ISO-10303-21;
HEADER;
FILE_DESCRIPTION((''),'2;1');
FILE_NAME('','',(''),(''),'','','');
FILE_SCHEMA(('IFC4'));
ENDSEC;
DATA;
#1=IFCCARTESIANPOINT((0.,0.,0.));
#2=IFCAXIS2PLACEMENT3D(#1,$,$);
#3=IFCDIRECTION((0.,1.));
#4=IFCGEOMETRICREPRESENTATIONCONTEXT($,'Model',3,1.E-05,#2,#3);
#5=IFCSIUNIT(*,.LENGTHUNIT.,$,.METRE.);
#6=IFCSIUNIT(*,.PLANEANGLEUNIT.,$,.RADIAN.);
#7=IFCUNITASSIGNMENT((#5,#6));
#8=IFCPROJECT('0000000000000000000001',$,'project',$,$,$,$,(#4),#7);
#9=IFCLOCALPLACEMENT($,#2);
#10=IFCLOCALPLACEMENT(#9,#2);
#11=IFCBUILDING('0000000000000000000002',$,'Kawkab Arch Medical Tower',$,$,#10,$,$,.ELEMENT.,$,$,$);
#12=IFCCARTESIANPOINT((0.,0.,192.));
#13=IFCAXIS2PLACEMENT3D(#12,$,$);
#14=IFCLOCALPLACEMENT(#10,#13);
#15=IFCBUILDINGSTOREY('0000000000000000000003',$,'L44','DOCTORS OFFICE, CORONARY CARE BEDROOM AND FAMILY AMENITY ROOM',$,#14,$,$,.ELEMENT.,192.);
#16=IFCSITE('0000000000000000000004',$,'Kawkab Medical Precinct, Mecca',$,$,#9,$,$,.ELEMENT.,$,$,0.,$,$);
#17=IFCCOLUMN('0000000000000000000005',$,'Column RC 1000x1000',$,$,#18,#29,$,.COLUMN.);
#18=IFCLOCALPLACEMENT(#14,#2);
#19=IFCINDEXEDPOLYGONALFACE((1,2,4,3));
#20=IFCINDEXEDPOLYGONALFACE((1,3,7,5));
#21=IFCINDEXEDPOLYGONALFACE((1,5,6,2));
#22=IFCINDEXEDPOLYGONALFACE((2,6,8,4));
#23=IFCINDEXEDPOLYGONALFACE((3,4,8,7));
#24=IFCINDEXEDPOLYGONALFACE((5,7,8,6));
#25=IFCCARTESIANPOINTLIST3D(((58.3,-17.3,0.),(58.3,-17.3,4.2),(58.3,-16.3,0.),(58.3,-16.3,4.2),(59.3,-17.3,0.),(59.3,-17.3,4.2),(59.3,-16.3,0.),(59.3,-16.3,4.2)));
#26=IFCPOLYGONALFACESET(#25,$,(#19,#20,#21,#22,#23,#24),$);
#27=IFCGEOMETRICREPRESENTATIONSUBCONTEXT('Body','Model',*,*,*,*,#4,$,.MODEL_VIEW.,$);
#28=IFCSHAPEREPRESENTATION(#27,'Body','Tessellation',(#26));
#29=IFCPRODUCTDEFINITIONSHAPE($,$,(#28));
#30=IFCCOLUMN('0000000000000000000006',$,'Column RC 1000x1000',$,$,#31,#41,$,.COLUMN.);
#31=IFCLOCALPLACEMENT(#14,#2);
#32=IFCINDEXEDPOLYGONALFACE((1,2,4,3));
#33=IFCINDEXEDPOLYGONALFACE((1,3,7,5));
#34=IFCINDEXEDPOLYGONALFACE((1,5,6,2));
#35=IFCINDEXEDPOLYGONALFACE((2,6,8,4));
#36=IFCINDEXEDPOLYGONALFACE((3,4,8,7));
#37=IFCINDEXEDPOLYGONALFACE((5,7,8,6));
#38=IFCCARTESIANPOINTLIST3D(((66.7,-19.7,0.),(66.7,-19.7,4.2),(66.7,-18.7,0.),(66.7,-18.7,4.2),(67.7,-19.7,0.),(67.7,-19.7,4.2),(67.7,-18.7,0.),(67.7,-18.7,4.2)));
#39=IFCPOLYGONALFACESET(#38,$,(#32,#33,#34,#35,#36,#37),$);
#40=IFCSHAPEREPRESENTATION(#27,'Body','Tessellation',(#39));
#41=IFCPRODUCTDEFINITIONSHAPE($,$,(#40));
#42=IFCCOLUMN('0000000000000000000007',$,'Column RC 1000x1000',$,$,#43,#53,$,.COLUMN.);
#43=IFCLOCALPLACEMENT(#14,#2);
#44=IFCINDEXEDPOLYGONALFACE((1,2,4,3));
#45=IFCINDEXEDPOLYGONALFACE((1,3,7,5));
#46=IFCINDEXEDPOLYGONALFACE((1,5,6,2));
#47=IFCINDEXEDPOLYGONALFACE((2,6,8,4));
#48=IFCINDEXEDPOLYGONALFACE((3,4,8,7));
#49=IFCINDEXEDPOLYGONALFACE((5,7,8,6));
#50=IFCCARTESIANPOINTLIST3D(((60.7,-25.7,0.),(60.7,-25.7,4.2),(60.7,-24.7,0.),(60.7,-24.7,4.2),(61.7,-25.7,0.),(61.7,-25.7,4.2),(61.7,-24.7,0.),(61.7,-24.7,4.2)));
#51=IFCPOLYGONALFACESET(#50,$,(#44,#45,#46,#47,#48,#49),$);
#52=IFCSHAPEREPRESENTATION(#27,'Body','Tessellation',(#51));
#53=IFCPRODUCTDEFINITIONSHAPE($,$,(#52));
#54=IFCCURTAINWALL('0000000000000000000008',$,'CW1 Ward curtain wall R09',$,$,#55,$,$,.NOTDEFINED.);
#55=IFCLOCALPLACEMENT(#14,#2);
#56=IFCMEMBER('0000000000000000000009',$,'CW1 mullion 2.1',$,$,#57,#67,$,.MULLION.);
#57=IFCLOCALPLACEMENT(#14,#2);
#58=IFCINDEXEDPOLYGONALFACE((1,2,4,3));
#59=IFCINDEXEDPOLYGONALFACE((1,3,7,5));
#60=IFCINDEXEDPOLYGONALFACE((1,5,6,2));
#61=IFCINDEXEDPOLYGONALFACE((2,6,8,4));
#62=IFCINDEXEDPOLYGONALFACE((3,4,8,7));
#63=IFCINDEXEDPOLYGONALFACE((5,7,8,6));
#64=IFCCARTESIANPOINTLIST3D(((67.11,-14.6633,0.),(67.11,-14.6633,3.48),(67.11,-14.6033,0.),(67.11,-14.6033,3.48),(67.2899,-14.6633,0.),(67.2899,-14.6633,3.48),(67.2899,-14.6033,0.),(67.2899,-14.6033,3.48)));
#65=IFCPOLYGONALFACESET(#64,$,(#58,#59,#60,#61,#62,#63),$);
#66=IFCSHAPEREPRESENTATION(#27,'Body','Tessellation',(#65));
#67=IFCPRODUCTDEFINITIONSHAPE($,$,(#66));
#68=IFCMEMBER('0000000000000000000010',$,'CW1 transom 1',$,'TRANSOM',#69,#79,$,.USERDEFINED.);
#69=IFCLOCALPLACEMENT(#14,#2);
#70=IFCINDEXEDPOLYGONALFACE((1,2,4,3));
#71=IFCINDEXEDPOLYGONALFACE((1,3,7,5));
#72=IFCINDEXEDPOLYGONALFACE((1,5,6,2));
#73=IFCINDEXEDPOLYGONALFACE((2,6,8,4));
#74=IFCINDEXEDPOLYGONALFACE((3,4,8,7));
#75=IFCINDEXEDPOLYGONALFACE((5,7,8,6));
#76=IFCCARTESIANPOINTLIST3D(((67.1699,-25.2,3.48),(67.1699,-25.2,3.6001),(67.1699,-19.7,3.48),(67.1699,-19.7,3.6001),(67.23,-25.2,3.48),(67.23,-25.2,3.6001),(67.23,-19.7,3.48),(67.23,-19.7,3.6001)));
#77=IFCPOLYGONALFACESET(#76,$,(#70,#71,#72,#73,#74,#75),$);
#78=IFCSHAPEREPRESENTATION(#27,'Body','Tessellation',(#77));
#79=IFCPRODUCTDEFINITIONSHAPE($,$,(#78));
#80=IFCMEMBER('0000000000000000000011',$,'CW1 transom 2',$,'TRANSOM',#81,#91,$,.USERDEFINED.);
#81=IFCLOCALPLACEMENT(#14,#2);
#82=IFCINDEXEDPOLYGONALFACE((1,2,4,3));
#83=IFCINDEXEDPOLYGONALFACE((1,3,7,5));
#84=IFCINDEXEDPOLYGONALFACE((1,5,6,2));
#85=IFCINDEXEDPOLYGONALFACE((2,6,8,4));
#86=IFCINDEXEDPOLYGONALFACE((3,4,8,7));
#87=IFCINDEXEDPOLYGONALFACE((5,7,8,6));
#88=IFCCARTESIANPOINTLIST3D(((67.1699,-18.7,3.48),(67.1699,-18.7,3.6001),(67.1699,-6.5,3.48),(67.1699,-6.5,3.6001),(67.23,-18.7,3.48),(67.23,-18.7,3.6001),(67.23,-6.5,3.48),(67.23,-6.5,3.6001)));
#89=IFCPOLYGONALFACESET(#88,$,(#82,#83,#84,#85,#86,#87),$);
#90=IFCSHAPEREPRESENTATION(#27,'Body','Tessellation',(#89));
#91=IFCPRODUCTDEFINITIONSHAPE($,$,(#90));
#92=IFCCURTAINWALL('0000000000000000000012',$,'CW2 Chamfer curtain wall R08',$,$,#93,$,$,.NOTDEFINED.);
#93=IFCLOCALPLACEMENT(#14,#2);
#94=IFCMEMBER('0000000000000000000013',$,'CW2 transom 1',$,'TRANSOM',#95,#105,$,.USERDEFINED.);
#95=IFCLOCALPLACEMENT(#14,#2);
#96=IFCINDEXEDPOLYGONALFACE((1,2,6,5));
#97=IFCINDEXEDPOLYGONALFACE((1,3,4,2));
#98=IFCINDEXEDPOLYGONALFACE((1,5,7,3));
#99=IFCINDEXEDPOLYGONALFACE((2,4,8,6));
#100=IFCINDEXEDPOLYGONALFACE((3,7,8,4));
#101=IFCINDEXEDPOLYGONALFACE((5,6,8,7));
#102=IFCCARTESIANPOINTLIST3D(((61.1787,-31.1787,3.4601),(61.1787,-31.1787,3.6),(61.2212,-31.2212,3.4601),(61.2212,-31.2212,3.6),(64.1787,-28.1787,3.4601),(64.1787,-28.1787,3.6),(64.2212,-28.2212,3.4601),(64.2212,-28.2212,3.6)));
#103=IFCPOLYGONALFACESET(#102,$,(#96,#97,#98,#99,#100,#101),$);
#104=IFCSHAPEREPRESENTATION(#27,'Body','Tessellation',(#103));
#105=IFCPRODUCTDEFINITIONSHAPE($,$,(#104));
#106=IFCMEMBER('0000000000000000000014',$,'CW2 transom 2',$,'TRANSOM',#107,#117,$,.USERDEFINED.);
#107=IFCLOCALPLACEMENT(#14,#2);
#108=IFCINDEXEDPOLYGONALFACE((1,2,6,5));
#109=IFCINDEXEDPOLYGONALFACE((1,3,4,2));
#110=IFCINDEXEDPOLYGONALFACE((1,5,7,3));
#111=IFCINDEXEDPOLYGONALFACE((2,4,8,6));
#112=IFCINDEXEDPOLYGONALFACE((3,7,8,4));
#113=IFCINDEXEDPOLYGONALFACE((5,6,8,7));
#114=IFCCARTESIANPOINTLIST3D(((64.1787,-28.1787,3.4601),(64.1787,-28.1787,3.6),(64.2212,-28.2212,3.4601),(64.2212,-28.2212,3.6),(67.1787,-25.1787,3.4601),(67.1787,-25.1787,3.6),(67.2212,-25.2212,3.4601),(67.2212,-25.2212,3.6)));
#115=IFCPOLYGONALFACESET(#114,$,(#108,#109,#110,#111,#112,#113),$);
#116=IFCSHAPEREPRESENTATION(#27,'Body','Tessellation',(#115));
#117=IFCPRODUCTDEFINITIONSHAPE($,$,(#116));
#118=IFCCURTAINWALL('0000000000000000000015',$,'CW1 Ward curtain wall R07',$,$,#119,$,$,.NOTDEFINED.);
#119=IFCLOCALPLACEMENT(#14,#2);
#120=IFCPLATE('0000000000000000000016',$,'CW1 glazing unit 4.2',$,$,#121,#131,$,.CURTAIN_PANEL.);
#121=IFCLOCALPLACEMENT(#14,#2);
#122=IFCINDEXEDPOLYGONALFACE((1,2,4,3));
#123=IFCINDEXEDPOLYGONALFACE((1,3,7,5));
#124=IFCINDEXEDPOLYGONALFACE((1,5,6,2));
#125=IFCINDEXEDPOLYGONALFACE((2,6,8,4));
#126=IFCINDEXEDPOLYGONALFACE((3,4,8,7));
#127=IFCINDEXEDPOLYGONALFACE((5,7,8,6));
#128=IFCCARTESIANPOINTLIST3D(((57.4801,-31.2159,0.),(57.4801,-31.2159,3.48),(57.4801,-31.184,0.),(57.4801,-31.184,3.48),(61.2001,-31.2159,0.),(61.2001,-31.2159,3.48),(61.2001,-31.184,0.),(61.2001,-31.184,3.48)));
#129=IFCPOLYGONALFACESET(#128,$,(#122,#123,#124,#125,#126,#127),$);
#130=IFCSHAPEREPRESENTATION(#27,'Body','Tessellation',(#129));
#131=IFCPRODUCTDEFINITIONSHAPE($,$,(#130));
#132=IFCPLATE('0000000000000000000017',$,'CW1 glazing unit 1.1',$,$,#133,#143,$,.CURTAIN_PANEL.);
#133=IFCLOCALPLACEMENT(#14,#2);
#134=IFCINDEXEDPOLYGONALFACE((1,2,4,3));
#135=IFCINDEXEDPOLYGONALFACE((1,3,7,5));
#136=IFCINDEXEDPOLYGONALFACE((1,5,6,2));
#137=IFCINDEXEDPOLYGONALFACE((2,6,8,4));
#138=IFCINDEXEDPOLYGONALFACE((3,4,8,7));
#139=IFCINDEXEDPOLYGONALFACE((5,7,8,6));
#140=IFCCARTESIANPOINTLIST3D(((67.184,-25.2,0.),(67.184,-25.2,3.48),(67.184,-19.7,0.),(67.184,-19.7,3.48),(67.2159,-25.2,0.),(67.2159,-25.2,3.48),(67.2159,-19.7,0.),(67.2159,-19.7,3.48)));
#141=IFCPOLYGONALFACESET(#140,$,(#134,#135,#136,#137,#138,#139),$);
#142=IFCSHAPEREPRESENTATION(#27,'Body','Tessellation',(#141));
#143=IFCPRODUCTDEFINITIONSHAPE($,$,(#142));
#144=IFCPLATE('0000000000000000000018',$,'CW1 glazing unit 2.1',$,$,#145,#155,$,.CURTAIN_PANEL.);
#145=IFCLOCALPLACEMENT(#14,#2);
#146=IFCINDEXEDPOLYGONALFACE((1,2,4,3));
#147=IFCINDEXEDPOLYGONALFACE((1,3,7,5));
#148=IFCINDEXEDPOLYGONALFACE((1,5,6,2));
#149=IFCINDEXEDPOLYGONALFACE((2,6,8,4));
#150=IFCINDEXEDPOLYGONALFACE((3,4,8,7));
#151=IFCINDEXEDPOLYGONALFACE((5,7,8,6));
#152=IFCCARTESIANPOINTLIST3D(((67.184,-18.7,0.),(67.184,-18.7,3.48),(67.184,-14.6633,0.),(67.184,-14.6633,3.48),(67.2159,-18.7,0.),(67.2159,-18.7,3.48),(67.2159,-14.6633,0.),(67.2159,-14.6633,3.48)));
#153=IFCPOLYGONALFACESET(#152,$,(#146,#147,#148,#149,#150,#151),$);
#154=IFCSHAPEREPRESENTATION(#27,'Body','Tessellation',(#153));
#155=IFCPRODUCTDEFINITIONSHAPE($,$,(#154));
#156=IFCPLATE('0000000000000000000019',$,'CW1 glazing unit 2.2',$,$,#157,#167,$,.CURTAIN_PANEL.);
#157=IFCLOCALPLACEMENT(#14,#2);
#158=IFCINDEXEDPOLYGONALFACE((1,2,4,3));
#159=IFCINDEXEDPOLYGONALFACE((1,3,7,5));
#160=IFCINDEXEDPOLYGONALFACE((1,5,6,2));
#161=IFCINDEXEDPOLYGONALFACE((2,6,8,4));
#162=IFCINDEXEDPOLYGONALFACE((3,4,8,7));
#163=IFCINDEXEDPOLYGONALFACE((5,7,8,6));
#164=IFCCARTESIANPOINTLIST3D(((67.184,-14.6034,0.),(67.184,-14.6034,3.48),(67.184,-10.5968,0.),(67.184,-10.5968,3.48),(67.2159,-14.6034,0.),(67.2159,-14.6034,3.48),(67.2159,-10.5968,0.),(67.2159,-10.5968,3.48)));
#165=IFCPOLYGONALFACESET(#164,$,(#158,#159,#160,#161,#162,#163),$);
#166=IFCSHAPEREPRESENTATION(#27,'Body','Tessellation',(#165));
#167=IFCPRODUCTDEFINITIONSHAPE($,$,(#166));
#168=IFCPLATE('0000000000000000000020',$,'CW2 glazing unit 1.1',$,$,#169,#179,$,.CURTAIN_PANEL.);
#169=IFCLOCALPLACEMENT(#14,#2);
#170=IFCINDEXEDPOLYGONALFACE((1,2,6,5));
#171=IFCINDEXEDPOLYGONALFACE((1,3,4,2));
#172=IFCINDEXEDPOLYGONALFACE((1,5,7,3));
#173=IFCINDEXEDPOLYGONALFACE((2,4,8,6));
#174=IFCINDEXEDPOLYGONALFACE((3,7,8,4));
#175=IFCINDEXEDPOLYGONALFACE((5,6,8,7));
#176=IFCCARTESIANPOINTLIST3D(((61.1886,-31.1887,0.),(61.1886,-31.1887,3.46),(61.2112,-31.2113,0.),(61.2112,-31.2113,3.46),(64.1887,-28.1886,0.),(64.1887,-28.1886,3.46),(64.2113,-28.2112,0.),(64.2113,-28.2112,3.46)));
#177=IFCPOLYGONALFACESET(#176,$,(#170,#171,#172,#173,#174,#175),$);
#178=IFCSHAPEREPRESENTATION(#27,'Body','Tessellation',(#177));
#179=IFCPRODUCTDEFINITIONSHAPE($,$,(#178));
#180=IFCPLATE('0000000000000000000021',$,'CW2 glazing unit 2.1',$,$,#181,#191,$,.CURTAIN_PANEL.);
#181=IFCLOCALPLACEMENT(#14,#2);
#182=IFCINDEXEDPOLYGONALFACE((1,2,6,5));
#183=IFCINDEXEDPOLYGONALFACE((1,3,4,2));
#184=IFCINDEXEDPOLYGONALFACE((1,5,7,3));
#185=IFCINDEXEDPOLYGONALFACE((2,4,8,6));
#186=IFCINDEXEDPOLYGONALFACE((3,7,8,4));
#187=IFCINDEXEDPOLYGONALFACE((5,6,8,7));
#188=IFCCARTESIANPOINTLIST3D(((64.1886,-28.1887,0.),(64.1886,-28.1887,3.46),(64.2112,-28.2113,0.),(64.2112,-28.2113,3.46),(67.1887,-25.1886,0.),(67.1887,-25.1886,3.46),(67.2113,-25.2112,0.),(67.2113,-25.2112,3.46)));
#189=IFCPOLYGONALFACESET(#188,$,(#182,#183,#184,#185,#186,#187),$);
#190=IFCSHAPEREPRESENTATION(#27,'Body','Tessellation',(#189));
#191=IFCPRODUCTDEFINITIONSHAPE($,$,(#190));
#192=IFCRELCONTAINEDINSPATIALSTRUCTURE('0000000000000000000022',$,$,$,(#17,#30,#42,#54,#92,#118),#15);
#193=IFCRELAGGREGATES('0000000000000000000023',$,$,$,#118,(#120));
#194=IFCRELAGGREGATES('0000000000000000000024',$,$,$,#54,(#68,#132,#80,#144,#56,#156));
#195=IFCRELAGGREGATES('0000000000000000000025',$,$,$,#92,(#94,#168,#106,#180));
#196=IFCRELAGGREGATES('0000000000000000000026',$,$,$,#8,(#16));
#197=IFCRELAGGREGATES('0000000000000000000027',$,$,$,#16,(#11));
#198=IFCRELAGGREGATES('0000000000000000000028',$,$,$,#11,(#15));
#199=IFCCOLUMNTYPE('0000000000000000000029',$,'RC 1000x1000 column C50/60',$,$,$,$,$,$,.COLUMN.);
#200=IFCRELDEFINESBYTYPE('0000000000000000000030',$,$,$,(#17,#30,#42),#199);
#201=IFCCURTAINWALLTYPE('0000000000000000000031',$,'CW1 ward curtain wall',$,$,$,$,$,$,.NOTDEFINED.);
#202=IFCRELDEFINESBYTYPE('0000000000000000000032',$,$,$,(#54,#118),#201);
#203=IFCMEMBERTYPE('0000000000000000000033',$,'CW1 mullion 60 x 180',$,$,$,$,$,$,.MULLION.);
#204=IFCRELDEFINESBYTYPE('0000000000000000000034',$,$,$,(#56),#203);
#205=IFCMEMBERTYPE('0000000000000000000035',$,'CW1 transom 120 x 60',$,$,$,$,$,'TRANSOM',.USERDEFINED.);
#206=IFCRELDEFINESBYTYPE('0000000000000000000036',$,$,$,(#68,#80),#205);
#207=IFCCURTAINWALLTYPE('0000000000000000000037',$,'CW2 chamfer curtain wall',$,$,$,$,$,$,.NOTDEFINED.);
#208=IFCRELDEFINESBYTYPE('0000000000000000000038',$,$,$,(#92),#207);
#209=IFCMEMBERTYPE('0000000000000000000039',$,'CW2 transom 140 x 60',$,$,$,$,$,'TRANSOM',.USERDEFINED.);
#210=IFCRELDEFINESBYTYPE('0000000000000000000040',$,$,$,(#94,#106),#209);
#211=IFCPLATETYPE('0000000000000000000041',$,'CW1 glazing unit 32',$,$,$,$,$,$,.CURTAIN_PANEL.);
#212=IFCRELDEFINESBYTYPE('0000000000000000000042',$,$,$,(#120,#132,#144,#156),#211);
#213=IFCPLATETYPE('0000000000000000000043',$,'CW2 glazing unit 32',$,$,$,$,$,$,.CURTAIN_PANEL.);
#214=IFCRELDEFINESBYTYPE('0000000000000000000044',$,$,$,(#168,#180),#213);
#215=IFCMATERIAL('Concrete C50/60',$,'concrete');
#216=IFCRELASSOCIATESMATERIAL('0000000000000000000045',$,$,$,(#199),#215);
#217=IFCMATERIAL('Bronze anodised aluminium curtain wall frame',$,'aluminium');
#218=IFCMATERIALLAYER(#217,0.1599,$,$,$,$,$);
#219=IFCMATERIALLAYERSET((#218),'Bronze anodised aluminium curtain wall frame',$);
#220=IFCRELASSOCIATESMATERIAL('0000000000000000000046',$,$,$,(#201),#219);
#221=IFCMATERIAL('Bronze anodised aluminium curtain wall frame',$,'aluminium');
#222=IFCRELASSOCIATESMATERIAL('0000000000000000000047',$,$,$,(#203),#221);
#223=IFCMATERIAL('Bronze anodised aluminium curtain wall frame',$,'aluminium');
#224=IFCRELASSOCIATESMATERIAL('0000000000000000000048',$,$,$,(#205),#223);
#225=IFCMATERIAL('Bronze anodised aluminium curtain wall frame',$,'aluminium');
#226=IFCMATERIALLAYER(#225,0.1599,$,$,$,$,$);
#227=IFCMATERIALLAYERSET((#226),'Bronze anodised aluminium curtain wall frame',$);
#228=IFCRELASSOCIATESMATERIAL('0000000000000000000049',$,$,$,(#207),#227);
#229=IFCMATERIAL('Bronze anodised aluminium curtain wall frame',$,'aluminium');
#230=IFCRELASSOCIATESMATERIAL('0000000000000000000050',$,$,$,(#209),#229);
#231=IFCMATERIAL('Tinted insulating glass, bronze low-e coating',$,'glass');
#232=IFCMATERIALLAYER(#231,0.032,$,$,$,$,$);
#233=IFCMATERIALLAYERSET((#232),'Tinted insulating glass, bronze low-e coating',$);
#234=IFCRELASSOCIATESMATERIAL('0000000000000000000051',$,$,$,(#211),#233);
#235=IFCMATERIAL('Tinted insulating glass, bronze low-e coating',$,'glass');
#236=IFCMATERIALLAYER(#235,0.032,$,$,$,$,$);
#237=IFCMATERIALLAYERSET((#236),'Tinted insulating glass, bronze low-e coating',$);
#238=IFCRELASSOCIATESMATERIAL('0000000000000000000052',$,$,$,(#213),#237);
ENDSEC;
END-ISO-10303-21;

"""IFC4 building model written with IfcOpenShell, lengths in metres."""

from ifc_helpers import new_model, si_unit, direction, frame, origin, origin_2d, place, context, subcontext, project, spatial, rectangle, extrude, material, layer, layer_set, material_profile, profile_set, type_object, element, aggregate, save


model = new_model("IFC4")

# Units and contexts
model_context = context("Model", 3, precision=1e-05, world=origin(), true_north=direction((0.0, 1.0)))
body_context = subcontext(model_context, "Body", "Model", "MODEL_VIEW")
ifc_project = project(units=[si_unit("LENGTHUNIT", "METRE"), si_unit("PLANEANGLEUNIT", "RADIAN")], contexts=[model_context])

# Site, building, storey
site_placement = place(None, origin())
site = spatial("IfcSite", under=ifc_project, at=site_placement, Name="Kawkab Medical Precinct, Mecca", CompositionType="ELEMENT", RefElevation=0.0)
building_placement = place(site_placement, origin())
building = spatial("IfcBuilding", under=site, at=building_placement, Name="Kawkab Arch Medical Tower", CompositionType="ELEMENT")
storey_placement = place(building_placement, frame((0.0, 0.0, 192.0)))
storey = spatial("IfcBuildingStorey", under=building, at=storey_placement, Name="L44", Description="DOCTORS OFFICE, CORONARY CARE BEDROOM AND FAMILY AMENITY ROOM", CompositionType="ELEMENT", Elevation=192.0)

# Columns
ifc_material_1 = material(Name="Concrete C50/60", Category="concrete")
ifc_material_profile_1 = material_profile(ifc_material_1, rectangle(XDim=1.0, YDim=1.0, at=origin_2d()), Name="RC 1000x1000")
ifc_profile_set_1 = profile_set([ifc_material_profile_1], Name="Concrete C50/60")
column_type = type_object("IfcColumnType", Name="RC 1000x1000 column C50/60", PredefinedType="COLUMN", material=ifc_profile_set_1)
for number, where, z_axis, x_axis, name in (
    (1, (58.8, -16.8, 0.0), (0.0, 0.0, 1.0), (1.0, 0.0, 0.0), "Column RC 1000x1000"),
    (2, (67.2, -19.2, 0.0), (0.0, 0.0, 1.0), (1.0, 0.0, 0.0), "Column RC 1000x1000"),
    (3, (61.2, -25.2, 0.0), (0.0, 0.0, 1.0), (1.0, 0.0, 0.0), "Column RC 1000x1000"),
):
    element("IfcColumn", number, at=place(storey_placement, frame(where, z_axis=z_axis, x_axis=x_axis)), inside=storey, type_object=column_type, Name=name, PredefinedType="COLUMN", context=body_context, shape_type="SweptSolid", body=[
        extrude(rectangle(XDim=1.0, YDim=1.0, at=origin_2d()), origin(), (0.0, 0.0, 1.0), 4.2),
    ])

# Curtain walls, members
ifc_material_2 = material(Name="Bronze anodised aluminium curtain wall frame", Category="aluminium")
ifc_layer_1 = layer(ifc_material_2, 0.1599)
ifc_layer_set_1 = layer_set([ifc_layer_1], Name="Bronze anodised aluminium curtain wall frame")
curtain_wall_type_1 = type_object("IfcCurtainWallType", Name="CW1 ward curtain wall", PredefinedType="NOTDEFINED", material=ifc_layer_set_1)
placement = place(storey_placement, origin())
curtain_wall_1 = element("IfcCurtainWall", 4, at=placement, inside=storey, type_object=curtain_wall_type_1, Name="CW1 Ward curtain wall R09", PredefinedType="NOTDEFINED")
ifc_material_3 = material(Name="Bronze anodised aluminium curtain wall frame", Category="aluminium")
ifc_material_profile_2 = material_profile(ifc_material_3, rectangle(XDim=0.1799, YDim=0.0601, at=origin_2d()), Name="AL 60x180")
ifc_profile_set_2 = profile_set([ifc_material_profile_2], Name="Bronze anodised aluminium curtain wall frame")
member_type_1 = type_object("IfcMemberType", Name="CW1 mullion 60 x 180", PredefinedType="MULLION", material=ifc_profile_set_2)
member_1_placement = place(storey_placement, frame((67.2, -14.6333, 0.0), z_axis=(0.0, 0.0, 1.0), x_axis=(-1.0, 0.0, 0.0)))
member_1 = element("IfcMember", 5, at=member_1_placement, type_object=member_type_1, Name="CW1 mullion 2.1", PredefinedType="MULLION", context=body_context, shape_type="SweptSolid", body=[
    extrude(rectangle(XDim=0.1799, YDim=0.0601, at=origin_2d()), origin(), (0.0, 0.0, 1.0), 3.48),
])
ifc_material_4 = material(Name="Bronze anodised aluminium curtain wall frame", Category="aluminium")
ifc_material_profile_3 = material_profile(ifc_material_4, rectangle(XDim=0.0601, YDim=0.1201, at=origin_2d()), Name="AL 60x120")
ifc_profile_set_3 = profile_set([ifc_material_profile_3], Name="Bronze anodised aluminium curtain wall frame")
member_type_2 = type_object("IfcMemberType", Name="CW1 transom 120 x 60", ElementType="TRANSOM", PredefinedType="USERDEFINED", material=ifc_profile_set_3)
member_2_placement = place(storey_placement, frame((67.2, -25.2, 3.54), z_axis=(0.0, 1.0, 0.0), x_axis=(-1.0, 0.0, 0.0)))
member_2 = element("IfcMember", 6, at=member_2_placement, type_object=member_type_2, Name="CW1 transom 1", ObjectType="TRANSOM", PredefinedType="USERDEFINED", context=body_context, shape_type="SweptSolid", body=[
    extrude(rectangle(XDim=0.0601, YDim=0.1201, at=origin_2d()), origin(), (0.0, 0.0, 1.0), 5.5),
])
member_3_placement = place(storey_placement, frame((67.2, -18.7, 3.54), z_axis=(0.0, 1.0, 0.0), x_axis=(-1.0, 0.0, 0.0)))
member_3 = element("IfcMember", 7, at=member_3_placement, type_object=member_type_2, Name="CW1 transom 2", ObjectType="TRANSOM", PredefinedType="USERDEFINED", context=body_context, shape_type="SweptSolid", body=[
    extrude(rectangle(XDim=0.0601, YDim=0.1201, at=origin_2d()), origin(), (0.0, 0.0, 1.0), 12.2),
])
ifc_material_5 = material(Name="Bronze anodised aluminium curtain wall frame", Category="aluminium")
ifc_layer_2 = layer(ifc_material_5, 0.1599)
ifc_layer_set_2 = layer_set([ifc_layer_2], Name="Bronze anodised aluminium curtain wall frame")
curtain_wall_type_2 = type_object("IfcCurtainWallType", Name="CW2 chamfer curtain wall", PredefinedType="NOTDEFINED", material=ifc_layer_set_2)
curtain_wall_2 = element("IfcCurtainWall", 8, at=placement, inside=storey, type_object=curtain_wall_type_2, Name="CW2 Chamfer curtain wall R08", PredefinedType="NOTDEFINED")
ifc_material_6 = material(Name="Bronze anodised aluminium curtain wall frame", Category="aluminium")
ifc_material_profile_4 = material_profile(ifc_material_6, rectangle(XDim=0.0601, YDim=0.1399, at=origin_2d()), Name="AL 60x140")
ifc_profile_set_4 = profile_set([ifc_material_profile_4], Name="Bronze anodised aluminium curtain wall frame")
member_type_3 = type_object("IfcMemberType", Name="CW2 transom 140 x 60", ElementType="TRANSOM", PredefinedType="USERDEFINED", material=ifc_profile_set_4)
member_4_placement = place(storey_placement, frame((61.2, -31.2, 3.53), z_axis=(0.707107, 0.707107, 0.0), x_axis=(-0.707107, 0.707107, 0.0)))
member_4 = element("IfcMember", 9, at=member_4_placement, type_object=member_type_3, Name="CW2 transom 1", ObjectType="TRANSOM", PredefinedType="USERDEFINED", context=body_context, shape_type="SweptSolid", body=[
    extrude(rectangle(XDim=0.0601, YDim=0.1399, at=origin_2d()), origin(), (0.0, 0.0, 1.0), 4.2427),
])
member_5_placement = place(storey_placement, frame((64.2, -28.2, 3.53), z_axis=(0.707107, 0.707107, 0.0), x_axis=(-0.707107, 0.707107, 0.0)))
member_5 = element("IfcMember", 10, at=member_5_placement, type_object=member_type_3, Name="CW2 transom 2", ObjectType="TRANSOM", PredefinedType="USERDEFINED", context=body_context, shape_type="SweptSolid", body=[
    extrude(rectangle(XDim=0.0601, YDim=0.1399, at=origin_2d()), origin(), (0.0, 0.0, 1.0), 4.2427),
])

# Curtain wall, plate
curtain_wall_3 = element("IfcCurtainWall", 11, at=placement, inside=storey, type_object=curtain_wall_type_1, Name="CW1 Ward curtain wall R07", PredefinedType="NOTDEFINED")
ifc_material_7 = material(Name="Tinted insulating glass, bronze low-e coating", Category="glass")
ifc_layer_3 = layer(ifc_material_7, 0.032)
ifc_layer_set_3 = layer_set([ifc_layer_3], Name="Tinted insulating glass, bronze low-e coating")
plate_type_1 = type_object("IfcPlateType", Name="CW1 glazing unit 32", PredefinedType="CURTAIN_PANEL", material=ifc_layer_set_3)
plate_1_placement = place(storey_placement, frame((59.3401, -31.2, 0.0), z_axis=(0.0, 0.0, 1.0), x_axis=(1.0, 0.0, 0.0)))
plate_1 = element("IfcPlate", 12, at=plate_1_placement, type_object=plate_type_1, Name="CW1 glazing unit 4.2", PredefinedType="CURTAIN_PANEL", context=body_context, shape_type="SweptSolid", body=[
    extrude(rectangle(XDim=3.72, YDim=0.032, at=origin_2d()), origin(), (0.0, 0.0, 1.0), 3.48),
])
aggregate(curtain_wall_3, [plate_1])

# Plates
plate_2_placement = place(storey_placement, frame((67.2, -22.45, 0.0), z_axis=(0.0, 0.0, 1.0), x_axis=(0.0, 1.0, 0.0)))
plate_2 = element("IfcPlate", 13, at=plate_2_placement, type_object=plate_type_1, Name="CW1 glazing unit 1.1", PredefinedType="CURTAIN_PANEL", context=body_context, shape_type="SweptSolid", body=[
    extrude(rectangle(XDim=5.5, YDim=0.032, at=origin_2d()), origin(), (0.0, 0.0, 1.0), 3.48),
])
plate_3_placement = place(storey_placement, frame((67.2, -16.6816, 0.0), z_axis=(0.0, 0.0, 1.0), x_axis=(0.0, 1.0, 0.0)))
plate_3 = element("IfcPlate", 14, at=plate_3_placement, type_object=plate_type_1, Name="CW1 glazing unit 2.1", PredefinedType="CURTAIN_PANEL", context=body_context, shape_type="SweptSolid", body=[
    extrude(rectangle(XDim=4.0366, YDim=0.032, at=origin_2d()), origin(), (0.0, 0.0, 1.0), 3.48),
])
plate_4_placement = place(storey_placement, frame((67.2, -12.6001, 0.0), z_axis=(0.0, 0.0, 1.0), x_axis=(0.0, 1.0, 0.0)))
plate_4 = element("IfcPlate", 15, at=plate_4_placement, type_object=plate_type_1, Name="CW1 glazing unit 2.2", PredefinedType="CURTAIN_PANEL", context=body_context, shape_type="SweptSolid", body=[
    extrude(rectangle(XDim=4.0066, YDim=0.032, at=origin_2d()), origin(), (0.0, 0.0, 1.0), 3.48),
])
aggregate(curtain_wall_1, [member_2, plate_2, member_3, plate_3, member_1, plate_4])
ifc_material_8 = material(Name="Tinted insulating glass, bronze low-e coating", Category="glass")
ifc_layer_4 = layer(ifc_material_8, 0.032)
ifc_layer_set_4 = layer_set([ifc_layer_4], Name="Tinted insulating glass, bronze low-e coating")
plate_type_2 = type_object("IfcPlateType", Name="CW2 glazing unit 32", PredefinedType="CURTAIN_PANEL", material=ifc_layer_set_4)
plate_5_placement = place(storey_placement, frame((62.7, -29.7, 0.0), z_axis=(0.0, 0.0, 1.0), x_axis=(0.707107, 0.707107, 0.0)))
plate_5 = element("IfcPlate", 16, at=plate_5_placement, type_object=plate_type_2, Name="CW2 glazing unit 1.1", PredefinedType="CURTAIN_PANEL", context=body_context, shape_type="SweptSolid", body=[
    extrude(rectangle(XDim=4.2427, YDim=0.032, at=origin_2d()), origin(), (0.0, 0.0, 1.0), 3.46),
])
plate_6_placement = place(storey_placement, frame((65.7, -26.7, 0.0), z_axis=(0.0, 0.0, 1.0), x_axis=(0.707107, 0.707107, 0.0)))
plate_6 = element("IfcPlate", 17, at=plate_6_placement, type_object=plate_type_2, Name="CW2 glazing unit 2.1", PredefinedType="CURTAIN_PANEL", context=body_context, shape_type="SweptSolid", body=[
    extrude(rectangle(XDim=4.2427, YDim=0.032, at=origin_2d()), origin(), (0.0, 0.0, 1.0), 3.46),
])
aggregate(curtain_wall_2, [member_4, plate_5, member_5, plate_6])

save(model, "model.ifc")
